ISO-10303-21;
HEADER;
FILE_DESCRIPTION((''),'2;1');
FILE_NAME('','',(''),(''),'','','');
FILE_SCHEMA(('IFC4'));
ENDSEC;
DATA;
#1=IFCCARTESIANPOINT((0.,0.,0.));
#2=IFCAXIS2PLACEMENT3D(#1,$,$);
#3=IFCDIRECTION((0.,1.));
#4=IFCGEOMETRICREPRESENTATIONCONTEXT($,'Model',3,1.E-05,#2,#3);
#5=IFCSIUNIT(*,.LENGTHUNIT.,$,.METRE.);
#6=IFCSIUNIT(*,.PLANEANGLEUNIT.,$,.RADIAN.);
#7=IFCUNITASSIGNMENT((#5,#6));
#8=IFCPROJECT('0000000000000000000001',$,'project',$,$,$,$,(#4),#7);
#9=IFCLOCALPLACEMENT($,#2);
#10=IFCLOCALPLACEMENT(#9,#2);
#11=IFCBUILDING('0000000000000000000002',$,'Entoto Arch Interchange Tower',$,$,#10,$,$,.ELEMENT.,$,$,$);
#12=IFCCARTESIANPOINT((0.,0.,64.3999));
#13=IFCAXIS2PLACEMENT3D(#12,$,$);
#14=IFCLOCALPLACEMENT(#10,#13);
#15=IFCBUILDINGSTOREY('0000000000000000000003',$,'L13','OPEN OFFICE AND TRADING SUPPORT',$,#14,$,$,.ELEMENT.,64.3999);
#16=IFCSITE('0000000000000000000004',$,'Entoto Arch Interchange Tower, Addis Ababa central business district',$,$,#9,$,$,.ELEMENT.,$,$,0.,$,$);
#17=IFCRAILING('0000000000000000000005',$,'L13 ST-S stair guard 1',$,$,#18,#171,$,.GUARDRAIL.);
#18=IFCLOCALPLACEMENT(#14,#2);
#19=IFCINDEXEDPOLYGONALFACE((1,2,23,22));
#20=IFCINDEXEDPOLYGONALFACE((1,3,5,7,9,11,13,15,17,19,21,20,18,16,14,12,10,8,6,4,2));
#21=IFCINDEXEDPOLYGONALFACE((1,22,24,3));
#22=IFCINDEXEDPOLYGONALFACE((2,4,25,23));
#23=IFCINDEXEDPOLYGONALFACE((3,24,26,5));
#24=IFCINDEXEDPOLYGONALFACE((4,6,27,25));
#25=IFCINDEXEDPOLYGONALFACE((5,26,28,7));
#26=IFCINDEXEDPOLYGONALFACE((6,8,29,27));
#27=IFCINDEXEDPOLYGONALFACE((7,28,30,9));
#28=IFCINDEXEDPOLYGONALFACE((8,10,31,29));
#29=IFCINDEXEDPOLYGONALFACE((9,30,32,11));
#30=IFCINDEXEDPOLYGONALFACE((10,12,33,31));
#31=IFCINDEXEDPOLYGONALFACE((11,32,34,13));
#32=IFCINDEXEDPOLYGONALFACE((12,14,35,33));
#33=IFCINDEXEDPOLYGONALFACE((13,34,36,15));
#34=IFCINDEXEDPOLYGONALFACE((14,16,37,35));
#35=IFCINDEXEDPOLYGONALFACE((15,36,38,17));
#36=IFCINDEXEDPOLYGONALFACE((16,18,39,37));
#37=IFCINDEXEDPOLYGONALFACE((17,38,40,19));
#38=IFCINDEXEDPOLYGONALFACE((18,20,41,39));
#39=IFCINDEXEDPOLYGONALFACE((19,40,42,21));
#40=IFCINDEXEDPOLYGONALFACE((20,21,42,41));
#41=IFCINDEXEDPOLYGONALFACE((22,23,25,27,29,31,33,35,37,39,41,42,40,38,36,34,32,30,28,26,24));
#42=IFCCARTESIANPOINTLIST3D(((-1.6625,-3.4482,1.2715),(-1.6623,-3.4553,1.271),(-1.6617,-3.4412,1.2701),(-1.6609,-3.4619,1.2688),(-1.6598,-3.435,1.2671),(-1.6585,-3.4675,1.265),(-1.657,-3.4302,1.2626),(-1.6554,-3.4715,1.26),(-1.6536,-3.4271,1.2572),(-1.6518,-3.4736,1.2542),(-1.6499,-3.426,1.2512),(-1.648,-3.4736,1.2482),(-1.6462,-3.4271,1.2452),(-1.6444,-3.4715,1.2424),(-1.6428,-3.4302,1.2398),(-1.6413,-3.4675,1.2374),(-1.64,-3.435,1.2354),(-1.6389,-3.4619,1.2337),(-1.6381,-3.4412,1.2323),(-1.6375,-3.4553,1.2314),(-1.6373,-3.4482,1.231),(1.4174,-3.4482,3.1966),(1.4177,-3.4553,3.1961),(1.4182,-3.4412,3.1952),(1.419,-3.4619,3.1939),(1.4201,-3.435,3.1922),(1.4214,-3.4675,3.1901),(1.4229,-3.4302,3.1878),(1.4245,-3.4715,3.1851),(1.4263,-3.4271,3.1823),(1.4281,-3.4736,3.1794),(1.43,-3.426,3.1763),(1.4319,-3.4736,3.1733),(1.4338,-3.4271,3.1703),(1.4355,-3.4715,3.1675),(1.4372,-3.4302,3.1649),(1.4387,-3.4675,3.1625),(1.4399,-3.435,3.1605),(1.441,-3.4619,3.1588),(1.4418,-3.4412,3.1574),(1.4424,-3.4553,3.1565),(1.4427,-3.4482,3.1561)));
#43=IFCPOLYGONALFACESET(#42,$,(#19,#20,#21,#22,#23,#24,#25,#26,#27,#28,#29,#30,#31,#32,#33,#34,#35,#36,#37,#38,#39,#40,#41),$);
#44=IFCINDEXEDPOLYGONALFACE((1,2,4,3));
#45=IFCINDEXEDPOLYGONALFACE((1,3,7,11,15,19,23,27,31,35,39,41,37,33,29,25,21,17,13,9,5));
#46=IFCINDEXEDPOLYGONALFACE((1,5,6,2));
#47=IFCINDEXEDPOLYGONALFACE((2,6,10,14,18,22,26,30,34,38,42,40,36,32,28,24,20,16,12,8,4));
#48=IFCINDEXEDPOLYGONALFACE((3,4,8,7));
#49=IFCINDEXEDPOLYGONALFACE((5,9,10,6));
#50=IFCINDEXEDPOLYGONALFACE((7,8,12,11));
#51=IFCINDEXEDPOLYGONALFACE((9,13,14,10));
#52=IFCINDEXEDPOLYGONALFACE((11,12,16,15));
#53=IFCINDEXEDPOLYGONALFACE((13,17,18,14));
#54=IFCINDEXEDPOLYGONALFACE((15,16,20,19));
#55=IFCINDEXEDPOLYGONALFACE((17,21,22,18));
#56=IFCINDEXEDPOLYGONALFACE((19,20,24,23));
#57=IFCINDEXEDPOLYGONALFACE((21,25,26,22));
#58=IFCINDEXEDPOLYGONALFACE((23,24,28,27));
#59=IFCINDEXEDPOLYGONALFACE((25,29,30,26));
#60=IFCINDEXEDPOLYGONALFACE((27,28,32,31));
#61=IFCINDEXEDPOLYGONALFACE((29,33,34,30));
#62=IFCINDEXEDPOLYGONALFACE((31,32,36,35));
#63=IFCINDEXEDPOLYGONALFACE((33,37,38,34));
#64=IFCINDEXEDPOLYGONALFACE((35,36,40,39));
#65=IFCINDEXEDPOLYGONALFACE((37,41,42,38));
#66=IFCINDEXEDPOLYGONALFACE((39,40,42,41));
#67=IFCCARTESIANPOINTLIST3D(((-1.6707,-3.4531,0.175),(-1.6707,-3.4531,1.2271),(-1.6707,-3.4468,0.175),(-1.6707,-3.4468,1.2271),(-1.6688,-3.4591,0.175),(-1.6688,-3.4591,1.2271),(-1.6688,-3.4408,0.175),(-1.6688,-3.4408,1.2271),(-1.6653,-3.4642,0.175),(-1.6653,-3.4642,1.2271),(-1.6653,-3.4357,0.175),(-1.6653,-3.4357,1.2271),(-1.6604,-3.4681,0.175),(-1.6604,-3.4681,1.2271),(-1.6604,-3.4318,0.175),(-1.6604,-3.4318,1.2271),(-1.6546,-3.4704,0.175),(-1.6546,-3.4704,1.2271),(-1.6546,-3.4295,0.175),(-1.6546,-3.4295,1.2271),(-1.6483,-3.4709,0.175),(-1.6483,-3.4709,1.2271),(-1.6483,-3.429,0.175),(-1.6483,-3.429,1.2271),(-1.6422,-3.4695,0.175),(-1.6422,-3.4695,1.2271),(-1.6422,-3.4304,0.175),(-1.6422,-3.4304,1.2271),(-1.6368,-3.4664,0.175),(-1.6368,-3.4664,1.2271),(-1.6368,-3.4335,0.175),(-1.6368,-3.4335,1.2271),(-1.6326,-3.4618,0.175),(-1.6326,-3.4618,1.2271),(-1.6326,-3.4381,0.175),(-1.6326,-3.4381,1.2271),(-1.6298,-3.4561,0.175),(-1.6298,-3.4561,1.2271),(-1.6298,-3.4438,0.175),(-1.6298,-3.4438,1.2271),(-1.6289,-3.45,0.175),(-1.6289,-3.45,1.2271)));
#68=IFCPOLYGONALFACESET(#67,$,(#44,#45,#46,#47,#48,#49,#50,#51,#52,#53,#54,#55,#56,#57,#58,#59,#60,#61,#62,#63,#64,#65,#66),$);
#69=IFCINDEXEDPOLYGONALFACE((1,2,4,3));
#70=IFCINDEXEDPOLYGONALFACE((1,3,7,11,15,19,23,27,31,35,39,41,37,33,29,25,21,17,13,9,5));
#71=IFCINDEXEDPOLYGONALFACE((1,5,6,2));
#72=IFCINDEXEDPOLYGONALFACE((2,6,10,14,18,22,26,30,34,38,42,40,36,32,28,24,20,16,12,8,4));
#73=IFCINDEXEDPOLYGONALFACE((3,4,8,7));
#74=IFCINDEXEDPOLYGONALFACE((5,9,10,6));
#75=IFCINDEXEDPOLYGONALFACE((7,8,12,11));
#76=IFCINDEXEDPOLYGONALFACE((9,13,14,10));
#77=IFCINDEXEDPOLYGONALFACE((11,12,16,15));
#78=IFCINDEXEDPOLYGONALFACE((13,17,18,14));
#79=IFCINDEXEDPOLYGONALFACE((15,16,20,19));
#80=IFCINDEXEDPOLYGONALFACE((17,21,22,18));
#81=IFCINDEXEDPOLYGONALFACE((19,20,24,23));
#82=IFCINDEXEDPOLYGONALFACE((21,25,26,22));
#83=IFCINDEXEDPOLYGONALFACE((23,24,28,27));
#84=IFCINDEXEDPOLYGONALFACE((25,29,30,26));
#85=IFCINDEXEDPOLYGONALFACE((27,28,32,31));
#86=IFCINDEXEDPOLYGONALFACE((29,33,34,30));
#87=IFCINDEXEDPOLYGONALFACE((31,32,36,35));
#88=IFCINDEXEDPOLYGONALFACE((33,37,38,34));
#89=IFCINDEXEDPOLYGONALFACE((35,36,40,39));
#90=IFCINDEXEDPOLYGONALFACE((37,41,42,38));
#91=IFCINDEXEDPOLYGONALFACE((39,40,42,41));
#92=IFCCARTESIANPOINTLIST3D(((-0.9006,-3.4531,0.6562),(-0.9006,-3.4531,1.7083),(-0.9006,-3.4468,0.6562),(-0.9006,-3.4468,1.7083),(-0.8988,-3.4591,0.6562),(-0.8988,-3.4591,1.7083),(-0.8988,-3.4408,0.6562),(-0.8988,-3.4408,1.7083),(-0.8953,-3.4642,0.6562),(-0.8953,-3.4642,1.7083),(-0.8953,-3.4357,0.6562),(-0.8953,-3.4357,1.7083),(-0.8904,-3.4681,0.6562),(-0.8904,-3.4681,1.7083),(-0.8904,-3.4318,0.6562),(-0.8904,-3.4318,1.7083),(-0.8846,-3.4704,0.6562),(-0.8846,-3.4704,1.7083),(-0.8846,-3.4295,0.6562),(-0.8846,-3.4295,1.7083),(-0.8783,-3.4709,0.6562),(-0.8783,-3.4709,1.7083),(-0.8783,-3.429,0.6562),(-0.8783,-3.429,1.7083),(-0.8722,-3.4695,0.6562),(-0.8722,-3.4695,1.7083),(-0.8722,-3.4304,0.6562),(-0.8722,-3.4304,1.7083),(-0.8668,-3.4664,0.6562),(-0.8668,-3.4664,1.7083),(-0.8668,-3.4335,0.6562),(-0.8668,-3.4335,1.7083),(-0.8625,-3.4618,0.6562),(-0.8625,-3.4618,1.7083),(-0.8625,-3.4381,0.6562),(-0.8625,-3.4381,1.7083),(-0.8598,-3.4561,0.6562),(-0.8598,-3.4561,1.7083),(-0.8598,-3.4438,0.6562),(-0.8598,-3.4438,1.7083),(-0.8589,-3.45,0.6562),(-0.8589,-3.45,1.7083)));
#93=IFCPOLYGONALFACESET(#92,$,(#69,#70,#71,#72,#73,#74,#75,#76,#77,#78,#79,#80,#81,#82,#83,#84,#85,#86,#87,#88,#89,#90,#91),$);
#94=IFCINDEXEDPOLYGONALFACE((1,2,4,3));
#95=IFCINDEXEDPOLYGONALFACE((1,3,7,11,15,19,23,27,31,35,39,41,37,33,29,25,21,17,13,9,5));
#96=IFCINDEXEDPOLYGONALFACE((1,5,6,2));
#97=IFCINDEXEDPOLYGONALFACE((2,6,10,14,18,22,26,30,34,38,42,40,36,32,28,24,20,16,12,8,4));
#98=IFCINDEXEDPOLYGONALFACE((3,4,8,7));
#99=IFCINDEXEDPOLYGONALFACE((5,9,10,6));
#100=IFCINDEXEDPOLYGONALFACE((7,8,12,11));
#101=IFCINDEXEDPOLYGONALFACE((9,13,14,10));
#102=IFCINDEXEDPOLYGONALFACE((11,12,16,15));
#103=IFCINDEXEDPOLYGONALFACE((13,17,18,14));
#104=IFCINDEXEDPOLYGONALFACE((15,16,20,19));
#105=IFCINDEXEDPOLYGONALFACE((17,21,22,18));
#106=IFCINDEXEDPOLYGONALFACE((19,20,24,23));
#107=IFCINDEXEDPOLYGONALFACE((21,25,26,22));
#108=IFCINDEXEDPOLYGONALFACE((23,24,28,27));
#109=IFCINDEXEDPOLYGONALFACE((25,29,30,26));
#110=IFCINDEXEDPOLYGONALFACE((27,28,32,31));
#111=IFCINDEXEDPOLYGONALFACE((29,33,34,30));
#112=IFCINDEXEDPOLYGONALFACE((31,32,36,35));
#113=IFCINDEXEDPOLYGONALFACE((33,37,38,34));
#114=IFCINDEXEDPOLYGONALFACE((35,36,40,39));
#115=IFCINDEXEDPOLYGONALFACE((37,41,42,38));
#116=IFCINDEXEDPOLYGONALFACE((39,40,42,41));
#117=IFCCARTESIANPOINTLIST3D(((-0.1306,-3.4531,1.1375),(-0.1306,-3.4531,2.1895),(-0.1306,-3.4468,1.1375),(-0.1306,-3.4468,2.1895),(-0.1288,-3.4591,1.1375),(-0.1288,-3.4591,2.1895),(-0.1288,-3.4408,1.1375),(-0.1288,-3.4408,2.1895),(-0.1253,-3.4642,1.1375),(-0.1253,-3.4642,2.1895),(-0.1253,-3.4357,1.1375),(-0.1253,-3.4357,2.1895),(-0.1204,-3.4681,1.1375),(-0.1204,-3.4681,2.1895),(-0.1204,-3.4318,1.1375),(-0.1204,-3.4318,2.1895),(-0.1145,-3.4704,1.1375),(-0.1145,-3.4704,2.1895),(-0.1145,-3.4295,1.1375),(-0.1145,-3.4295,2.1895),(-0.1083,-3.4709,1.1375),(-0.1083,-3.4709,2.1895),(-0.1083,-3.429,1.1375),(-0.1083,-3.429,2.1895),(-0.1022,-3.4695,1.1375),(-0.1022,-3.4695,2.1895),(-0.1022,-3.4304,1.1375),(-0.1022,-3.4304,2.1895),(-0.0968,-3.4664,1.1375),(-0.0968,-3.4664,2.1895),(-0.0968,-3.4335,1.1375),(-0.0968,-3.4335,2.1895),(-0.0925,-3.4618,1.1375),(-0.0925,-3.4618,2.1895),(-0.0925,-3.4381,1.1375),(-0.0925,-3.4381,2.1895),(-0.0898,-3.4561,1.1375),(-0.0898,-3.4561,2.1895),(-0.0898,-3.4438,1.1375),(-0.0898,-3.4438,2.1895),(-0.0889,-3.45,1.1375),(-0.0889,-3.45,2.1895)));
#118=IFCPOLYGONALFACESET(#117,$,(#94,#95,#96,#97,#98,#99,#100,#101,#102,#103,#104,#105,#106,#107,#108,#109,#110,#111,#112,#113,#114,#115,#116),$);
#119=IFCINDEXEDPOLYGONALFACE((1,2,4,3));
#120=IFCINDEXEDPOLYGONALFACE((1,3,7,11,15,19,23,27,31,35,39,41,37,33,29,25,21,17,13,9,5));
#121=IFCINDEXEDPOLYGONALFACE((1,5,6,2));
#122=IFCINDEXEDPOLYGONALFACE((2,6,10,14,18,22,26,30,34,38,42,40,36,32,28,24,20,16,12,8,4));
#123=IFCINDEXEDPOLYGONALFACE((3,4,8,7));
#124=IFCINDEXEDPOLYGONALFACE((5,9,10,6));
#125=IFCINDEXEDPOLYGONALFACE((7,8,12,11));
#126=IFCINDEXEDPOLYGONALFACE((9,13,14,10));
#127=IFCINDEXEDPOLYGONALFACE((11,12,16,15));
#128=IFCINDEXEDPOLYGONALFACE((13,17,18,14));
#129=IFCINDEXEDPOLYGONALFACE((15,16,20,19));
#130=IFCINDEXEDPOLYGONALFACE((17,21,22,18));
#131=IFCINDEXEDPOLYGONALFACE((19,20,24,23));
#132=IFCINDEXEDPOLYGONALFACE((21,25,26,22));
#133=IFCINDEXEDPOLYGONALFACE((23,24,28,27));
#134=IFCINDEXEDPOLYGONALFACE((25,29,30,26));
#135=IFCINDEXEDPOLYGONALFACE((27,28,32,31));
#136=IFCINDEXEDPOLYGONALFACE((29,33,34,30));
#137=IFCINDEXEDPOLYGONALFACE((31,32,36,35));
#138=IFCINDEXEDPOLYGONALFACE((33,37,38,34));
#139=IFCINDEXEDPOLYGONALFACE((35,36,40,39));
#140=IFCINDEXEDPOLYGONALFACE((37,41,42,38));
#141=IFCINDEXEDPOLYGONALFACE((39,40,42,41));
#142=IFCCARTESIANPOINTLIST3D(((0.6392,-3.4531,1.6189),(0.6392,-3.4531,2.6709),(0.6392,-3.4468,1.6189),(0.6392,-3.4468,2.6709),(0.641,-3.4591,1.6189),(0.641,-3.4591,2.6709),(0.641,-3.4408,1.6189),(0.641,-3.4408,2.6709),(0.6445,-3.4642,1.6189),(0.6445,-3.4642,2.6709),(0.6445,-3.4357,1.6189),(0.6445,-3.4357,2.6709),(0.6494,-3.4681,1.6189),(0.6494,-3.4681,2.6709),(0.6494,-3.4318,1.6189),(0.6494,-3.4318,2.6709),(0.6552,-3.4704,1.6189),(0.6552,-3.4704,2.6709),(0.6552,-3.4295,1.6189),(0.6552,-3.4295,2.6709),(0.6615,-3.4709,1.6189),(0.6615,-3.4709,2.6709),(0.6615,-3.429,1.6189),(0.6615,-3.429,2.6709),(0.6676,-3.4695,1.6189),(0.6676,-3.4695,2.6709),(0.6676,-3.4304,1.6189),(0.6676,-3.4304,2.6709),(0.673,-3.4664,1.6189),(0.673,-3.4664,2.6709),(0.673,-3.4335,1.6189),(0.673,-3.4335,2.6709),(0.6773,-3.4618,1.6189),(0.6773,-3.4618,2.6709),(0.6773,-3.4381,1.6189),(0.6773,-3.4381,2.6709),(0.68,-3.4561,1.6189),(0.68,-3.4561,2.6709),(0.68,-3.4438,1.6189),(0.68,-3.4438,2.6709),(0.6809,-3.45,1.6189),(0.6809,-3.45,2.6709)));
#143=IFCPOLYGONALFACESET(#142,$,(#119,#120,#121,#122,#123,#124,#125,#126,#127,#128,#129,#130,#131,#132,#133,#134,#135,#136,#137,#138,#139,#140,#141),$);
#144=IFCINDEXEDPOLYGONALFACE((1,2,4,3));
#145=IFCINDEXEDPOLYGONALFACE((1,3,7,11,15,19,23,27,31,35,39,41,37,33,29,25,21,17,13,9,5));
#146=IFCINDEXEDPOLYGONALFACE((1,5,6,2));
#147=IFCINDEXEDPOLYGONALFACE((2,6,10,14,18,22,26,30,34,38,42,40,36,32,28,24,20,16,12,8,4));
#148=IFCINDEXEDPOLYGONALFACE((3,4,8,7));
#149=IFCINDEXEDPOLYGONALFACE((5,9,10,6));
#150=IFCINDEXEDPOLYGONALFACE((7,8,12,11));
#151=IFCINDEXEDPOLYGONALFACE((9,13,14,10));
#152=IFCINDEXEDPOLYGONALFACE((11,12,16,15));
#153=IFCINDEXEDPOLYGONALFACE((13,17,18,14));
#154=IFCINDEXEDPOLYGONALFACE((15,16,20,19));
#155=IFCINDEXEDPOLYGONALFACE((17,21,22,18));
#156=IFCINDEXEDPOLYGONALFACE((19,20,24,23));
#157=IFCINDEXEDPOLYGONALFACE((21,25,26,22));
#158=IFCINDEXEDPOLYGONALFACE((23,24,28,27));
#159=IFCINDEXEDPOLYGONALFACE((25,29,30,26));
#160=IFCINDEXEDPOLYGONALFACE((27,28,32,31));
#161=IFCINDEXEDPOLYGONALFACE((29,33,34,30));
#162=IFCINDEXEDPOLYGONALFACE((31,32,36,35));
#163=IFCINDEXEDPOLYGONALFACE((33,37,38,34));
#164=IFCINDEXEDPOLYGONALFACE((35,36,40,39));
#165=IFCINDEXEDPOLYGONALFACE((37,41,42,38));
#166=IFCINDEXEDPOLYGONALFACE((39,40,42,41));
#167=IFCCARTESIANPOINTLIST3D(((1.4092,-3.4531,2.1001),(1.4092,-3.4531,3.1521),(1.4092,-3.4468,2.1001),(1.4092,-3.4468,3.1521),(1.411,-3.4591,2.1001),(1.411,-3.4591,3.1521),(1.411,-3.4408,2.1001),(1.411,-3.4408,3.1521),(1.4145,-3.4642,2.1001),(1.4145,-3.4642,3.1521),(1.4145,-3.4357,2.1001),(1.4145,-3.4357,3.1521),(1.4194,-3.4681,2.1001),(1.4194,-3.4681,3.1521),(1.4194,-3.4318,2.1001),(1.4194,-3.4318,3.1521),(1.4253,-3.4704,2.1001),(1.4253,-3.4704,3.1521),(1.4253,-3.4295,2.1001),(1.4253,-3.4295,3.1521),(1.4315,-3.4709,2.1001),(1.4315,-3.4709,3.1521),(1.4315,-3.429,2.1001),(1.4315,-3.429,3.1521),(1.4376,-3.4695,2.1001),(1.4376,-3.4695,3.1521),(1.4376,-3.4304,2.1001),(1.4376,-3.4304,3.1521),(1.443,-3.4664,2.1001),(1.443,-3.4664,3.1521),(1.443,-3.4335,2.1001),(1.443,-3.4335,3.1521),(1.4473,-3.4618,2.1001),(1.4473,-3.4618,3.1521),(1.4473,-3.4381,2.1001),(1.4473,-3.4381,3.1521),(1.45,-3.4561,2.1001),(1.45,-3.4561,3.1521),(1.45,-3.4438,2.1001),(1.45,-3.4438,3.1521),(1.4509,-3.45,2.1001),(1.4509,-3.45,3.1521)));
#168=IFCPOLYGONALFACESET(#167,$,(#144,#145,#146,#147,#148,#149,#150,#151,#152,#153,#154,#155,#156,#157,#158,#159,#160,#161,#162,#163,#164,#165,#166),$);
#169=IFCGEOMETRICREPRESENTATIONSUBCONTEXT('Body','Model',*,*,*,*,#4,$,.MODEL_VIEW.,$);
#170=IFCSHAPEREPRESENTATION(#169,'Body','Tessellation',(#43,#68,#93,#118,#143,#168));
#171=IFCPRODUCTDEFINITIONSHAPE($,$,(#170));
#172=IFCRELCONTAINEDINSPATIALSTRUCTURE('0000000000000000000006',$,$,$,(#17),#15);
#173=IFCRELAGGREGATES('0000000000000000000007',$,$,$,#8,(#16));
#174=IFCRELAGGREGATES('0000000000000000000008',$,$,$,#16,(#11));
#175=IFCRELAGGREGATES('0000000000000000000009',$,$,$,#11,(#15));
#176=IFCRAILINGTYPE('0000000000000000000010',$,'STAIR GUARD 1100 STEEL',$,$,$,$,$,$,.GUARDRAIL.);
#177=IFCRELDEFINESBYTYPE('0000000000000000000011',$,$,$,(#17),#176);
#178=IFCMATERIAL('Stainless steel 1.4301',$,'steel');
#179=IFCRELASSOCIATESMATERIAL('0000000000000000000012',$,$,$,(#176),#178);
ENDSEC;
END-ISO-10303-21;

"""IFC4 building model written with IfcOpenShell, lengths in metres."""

from ifc_helpers import new_model, si_unit, direction, frame, origin, origin_2d, place, context, subcontext, project, spatial, circle, extrude, material, type_object, element, save


model = new_model("IFC4")

# Units and contexts
model_context = context("Model", 3, precision=1e-05, world=origin(), true_north=direction((0.0, 1.0)))
body_context = subcontext(model_context, "Body", "Model", "MODEL_VIEW")
ifc_project = project(units=[si_unit("LENGTHUNIT", "METRE"), si_unit("PLANEANGLEUNIT", "RADIAN")], contexts=[model_context])

# Site, building, storey
site_placement = place(None, origin())
site = spatial("IfcSite", under=ifc_project, at=site_placement, Name="Entoto Arch Interchange Tower, Addis Ababa central business district", CompositionType="ELEMENT", RefElevation=0.0)
building_placement = place(site_placement, origin())
building = spatial("IfcBuilding", under=site, at=building_placement, Name="Entoto Arch Interchange Tower", CompositionType="ELEMENT")
storey_placement = place(building_placement, frame((0.0, 0.0, 64.3999)))
storey = spatial("IfcBuildingStorey", under=building, at=storey_placement, Name="L13", Description="OPEN OFFICE AND TRADING SUPPORT", CompositionType="ELEMENT", Elevation=64.3999)

# Railing
ifc_material_1 = material(Name="Stainless steel 1.4301", Category="steel")
railing_type_1 = type_object("IfcRailingType", Name="STAIR GUARD 1100 STEEL", PredefinedType="GUARDRAIL", material=ifc_material_1)
railing_1_placement = place(storey_placement, frame((-1.6499, -3.45, 0.175)))
element("IfcRailing", 1, at=railing_1_placement, inside=storey, type_object=railing_type_1, Name="L13 ST-S stair guard 1", PredefinedType="GUARDRAIL", context=body_context, shape_type="SweptSolid", body=[
    extrude(circle(Radius=0.0239, at=origin_2d()), frame((0.0, 0.0, 1.0762), z_axis=(0.847979, 0.0, 0.530029), x_axis=(0.0, 1.0, 0.0)), (0.0, 0.0, 1.0), 3.6321),
    extrude(circle(Radius=0.021, at=origin_2d()), origin(), (0.0, 0.0, 1.0), 1.052),
    extrude(circle(Radius=0.021, at=origin_2d()), frame((0.77, 0.0, 0.4812)), (0.0, 0.0, 1.0), 1.052),
    extrude(circle(Radius=0.021, at=origin_2d()), frame((1.54, 0.0, 0.9624)), (0.0, 0.0, 1.0), 1.052),
    extrude(circle(Radius=0.021, at=origin_2d()), frame((2.3098, 0.0, 1.4438)), (0.0, 0.0, 1.0), 1.052),
    extrude(circle(Radius=0.021, at=origin_2d()), frame((3.0798, 0.0, 1.925)), (0.0, 0.0, 1.0), 1.052),
])

save(model, "model.ifc")
